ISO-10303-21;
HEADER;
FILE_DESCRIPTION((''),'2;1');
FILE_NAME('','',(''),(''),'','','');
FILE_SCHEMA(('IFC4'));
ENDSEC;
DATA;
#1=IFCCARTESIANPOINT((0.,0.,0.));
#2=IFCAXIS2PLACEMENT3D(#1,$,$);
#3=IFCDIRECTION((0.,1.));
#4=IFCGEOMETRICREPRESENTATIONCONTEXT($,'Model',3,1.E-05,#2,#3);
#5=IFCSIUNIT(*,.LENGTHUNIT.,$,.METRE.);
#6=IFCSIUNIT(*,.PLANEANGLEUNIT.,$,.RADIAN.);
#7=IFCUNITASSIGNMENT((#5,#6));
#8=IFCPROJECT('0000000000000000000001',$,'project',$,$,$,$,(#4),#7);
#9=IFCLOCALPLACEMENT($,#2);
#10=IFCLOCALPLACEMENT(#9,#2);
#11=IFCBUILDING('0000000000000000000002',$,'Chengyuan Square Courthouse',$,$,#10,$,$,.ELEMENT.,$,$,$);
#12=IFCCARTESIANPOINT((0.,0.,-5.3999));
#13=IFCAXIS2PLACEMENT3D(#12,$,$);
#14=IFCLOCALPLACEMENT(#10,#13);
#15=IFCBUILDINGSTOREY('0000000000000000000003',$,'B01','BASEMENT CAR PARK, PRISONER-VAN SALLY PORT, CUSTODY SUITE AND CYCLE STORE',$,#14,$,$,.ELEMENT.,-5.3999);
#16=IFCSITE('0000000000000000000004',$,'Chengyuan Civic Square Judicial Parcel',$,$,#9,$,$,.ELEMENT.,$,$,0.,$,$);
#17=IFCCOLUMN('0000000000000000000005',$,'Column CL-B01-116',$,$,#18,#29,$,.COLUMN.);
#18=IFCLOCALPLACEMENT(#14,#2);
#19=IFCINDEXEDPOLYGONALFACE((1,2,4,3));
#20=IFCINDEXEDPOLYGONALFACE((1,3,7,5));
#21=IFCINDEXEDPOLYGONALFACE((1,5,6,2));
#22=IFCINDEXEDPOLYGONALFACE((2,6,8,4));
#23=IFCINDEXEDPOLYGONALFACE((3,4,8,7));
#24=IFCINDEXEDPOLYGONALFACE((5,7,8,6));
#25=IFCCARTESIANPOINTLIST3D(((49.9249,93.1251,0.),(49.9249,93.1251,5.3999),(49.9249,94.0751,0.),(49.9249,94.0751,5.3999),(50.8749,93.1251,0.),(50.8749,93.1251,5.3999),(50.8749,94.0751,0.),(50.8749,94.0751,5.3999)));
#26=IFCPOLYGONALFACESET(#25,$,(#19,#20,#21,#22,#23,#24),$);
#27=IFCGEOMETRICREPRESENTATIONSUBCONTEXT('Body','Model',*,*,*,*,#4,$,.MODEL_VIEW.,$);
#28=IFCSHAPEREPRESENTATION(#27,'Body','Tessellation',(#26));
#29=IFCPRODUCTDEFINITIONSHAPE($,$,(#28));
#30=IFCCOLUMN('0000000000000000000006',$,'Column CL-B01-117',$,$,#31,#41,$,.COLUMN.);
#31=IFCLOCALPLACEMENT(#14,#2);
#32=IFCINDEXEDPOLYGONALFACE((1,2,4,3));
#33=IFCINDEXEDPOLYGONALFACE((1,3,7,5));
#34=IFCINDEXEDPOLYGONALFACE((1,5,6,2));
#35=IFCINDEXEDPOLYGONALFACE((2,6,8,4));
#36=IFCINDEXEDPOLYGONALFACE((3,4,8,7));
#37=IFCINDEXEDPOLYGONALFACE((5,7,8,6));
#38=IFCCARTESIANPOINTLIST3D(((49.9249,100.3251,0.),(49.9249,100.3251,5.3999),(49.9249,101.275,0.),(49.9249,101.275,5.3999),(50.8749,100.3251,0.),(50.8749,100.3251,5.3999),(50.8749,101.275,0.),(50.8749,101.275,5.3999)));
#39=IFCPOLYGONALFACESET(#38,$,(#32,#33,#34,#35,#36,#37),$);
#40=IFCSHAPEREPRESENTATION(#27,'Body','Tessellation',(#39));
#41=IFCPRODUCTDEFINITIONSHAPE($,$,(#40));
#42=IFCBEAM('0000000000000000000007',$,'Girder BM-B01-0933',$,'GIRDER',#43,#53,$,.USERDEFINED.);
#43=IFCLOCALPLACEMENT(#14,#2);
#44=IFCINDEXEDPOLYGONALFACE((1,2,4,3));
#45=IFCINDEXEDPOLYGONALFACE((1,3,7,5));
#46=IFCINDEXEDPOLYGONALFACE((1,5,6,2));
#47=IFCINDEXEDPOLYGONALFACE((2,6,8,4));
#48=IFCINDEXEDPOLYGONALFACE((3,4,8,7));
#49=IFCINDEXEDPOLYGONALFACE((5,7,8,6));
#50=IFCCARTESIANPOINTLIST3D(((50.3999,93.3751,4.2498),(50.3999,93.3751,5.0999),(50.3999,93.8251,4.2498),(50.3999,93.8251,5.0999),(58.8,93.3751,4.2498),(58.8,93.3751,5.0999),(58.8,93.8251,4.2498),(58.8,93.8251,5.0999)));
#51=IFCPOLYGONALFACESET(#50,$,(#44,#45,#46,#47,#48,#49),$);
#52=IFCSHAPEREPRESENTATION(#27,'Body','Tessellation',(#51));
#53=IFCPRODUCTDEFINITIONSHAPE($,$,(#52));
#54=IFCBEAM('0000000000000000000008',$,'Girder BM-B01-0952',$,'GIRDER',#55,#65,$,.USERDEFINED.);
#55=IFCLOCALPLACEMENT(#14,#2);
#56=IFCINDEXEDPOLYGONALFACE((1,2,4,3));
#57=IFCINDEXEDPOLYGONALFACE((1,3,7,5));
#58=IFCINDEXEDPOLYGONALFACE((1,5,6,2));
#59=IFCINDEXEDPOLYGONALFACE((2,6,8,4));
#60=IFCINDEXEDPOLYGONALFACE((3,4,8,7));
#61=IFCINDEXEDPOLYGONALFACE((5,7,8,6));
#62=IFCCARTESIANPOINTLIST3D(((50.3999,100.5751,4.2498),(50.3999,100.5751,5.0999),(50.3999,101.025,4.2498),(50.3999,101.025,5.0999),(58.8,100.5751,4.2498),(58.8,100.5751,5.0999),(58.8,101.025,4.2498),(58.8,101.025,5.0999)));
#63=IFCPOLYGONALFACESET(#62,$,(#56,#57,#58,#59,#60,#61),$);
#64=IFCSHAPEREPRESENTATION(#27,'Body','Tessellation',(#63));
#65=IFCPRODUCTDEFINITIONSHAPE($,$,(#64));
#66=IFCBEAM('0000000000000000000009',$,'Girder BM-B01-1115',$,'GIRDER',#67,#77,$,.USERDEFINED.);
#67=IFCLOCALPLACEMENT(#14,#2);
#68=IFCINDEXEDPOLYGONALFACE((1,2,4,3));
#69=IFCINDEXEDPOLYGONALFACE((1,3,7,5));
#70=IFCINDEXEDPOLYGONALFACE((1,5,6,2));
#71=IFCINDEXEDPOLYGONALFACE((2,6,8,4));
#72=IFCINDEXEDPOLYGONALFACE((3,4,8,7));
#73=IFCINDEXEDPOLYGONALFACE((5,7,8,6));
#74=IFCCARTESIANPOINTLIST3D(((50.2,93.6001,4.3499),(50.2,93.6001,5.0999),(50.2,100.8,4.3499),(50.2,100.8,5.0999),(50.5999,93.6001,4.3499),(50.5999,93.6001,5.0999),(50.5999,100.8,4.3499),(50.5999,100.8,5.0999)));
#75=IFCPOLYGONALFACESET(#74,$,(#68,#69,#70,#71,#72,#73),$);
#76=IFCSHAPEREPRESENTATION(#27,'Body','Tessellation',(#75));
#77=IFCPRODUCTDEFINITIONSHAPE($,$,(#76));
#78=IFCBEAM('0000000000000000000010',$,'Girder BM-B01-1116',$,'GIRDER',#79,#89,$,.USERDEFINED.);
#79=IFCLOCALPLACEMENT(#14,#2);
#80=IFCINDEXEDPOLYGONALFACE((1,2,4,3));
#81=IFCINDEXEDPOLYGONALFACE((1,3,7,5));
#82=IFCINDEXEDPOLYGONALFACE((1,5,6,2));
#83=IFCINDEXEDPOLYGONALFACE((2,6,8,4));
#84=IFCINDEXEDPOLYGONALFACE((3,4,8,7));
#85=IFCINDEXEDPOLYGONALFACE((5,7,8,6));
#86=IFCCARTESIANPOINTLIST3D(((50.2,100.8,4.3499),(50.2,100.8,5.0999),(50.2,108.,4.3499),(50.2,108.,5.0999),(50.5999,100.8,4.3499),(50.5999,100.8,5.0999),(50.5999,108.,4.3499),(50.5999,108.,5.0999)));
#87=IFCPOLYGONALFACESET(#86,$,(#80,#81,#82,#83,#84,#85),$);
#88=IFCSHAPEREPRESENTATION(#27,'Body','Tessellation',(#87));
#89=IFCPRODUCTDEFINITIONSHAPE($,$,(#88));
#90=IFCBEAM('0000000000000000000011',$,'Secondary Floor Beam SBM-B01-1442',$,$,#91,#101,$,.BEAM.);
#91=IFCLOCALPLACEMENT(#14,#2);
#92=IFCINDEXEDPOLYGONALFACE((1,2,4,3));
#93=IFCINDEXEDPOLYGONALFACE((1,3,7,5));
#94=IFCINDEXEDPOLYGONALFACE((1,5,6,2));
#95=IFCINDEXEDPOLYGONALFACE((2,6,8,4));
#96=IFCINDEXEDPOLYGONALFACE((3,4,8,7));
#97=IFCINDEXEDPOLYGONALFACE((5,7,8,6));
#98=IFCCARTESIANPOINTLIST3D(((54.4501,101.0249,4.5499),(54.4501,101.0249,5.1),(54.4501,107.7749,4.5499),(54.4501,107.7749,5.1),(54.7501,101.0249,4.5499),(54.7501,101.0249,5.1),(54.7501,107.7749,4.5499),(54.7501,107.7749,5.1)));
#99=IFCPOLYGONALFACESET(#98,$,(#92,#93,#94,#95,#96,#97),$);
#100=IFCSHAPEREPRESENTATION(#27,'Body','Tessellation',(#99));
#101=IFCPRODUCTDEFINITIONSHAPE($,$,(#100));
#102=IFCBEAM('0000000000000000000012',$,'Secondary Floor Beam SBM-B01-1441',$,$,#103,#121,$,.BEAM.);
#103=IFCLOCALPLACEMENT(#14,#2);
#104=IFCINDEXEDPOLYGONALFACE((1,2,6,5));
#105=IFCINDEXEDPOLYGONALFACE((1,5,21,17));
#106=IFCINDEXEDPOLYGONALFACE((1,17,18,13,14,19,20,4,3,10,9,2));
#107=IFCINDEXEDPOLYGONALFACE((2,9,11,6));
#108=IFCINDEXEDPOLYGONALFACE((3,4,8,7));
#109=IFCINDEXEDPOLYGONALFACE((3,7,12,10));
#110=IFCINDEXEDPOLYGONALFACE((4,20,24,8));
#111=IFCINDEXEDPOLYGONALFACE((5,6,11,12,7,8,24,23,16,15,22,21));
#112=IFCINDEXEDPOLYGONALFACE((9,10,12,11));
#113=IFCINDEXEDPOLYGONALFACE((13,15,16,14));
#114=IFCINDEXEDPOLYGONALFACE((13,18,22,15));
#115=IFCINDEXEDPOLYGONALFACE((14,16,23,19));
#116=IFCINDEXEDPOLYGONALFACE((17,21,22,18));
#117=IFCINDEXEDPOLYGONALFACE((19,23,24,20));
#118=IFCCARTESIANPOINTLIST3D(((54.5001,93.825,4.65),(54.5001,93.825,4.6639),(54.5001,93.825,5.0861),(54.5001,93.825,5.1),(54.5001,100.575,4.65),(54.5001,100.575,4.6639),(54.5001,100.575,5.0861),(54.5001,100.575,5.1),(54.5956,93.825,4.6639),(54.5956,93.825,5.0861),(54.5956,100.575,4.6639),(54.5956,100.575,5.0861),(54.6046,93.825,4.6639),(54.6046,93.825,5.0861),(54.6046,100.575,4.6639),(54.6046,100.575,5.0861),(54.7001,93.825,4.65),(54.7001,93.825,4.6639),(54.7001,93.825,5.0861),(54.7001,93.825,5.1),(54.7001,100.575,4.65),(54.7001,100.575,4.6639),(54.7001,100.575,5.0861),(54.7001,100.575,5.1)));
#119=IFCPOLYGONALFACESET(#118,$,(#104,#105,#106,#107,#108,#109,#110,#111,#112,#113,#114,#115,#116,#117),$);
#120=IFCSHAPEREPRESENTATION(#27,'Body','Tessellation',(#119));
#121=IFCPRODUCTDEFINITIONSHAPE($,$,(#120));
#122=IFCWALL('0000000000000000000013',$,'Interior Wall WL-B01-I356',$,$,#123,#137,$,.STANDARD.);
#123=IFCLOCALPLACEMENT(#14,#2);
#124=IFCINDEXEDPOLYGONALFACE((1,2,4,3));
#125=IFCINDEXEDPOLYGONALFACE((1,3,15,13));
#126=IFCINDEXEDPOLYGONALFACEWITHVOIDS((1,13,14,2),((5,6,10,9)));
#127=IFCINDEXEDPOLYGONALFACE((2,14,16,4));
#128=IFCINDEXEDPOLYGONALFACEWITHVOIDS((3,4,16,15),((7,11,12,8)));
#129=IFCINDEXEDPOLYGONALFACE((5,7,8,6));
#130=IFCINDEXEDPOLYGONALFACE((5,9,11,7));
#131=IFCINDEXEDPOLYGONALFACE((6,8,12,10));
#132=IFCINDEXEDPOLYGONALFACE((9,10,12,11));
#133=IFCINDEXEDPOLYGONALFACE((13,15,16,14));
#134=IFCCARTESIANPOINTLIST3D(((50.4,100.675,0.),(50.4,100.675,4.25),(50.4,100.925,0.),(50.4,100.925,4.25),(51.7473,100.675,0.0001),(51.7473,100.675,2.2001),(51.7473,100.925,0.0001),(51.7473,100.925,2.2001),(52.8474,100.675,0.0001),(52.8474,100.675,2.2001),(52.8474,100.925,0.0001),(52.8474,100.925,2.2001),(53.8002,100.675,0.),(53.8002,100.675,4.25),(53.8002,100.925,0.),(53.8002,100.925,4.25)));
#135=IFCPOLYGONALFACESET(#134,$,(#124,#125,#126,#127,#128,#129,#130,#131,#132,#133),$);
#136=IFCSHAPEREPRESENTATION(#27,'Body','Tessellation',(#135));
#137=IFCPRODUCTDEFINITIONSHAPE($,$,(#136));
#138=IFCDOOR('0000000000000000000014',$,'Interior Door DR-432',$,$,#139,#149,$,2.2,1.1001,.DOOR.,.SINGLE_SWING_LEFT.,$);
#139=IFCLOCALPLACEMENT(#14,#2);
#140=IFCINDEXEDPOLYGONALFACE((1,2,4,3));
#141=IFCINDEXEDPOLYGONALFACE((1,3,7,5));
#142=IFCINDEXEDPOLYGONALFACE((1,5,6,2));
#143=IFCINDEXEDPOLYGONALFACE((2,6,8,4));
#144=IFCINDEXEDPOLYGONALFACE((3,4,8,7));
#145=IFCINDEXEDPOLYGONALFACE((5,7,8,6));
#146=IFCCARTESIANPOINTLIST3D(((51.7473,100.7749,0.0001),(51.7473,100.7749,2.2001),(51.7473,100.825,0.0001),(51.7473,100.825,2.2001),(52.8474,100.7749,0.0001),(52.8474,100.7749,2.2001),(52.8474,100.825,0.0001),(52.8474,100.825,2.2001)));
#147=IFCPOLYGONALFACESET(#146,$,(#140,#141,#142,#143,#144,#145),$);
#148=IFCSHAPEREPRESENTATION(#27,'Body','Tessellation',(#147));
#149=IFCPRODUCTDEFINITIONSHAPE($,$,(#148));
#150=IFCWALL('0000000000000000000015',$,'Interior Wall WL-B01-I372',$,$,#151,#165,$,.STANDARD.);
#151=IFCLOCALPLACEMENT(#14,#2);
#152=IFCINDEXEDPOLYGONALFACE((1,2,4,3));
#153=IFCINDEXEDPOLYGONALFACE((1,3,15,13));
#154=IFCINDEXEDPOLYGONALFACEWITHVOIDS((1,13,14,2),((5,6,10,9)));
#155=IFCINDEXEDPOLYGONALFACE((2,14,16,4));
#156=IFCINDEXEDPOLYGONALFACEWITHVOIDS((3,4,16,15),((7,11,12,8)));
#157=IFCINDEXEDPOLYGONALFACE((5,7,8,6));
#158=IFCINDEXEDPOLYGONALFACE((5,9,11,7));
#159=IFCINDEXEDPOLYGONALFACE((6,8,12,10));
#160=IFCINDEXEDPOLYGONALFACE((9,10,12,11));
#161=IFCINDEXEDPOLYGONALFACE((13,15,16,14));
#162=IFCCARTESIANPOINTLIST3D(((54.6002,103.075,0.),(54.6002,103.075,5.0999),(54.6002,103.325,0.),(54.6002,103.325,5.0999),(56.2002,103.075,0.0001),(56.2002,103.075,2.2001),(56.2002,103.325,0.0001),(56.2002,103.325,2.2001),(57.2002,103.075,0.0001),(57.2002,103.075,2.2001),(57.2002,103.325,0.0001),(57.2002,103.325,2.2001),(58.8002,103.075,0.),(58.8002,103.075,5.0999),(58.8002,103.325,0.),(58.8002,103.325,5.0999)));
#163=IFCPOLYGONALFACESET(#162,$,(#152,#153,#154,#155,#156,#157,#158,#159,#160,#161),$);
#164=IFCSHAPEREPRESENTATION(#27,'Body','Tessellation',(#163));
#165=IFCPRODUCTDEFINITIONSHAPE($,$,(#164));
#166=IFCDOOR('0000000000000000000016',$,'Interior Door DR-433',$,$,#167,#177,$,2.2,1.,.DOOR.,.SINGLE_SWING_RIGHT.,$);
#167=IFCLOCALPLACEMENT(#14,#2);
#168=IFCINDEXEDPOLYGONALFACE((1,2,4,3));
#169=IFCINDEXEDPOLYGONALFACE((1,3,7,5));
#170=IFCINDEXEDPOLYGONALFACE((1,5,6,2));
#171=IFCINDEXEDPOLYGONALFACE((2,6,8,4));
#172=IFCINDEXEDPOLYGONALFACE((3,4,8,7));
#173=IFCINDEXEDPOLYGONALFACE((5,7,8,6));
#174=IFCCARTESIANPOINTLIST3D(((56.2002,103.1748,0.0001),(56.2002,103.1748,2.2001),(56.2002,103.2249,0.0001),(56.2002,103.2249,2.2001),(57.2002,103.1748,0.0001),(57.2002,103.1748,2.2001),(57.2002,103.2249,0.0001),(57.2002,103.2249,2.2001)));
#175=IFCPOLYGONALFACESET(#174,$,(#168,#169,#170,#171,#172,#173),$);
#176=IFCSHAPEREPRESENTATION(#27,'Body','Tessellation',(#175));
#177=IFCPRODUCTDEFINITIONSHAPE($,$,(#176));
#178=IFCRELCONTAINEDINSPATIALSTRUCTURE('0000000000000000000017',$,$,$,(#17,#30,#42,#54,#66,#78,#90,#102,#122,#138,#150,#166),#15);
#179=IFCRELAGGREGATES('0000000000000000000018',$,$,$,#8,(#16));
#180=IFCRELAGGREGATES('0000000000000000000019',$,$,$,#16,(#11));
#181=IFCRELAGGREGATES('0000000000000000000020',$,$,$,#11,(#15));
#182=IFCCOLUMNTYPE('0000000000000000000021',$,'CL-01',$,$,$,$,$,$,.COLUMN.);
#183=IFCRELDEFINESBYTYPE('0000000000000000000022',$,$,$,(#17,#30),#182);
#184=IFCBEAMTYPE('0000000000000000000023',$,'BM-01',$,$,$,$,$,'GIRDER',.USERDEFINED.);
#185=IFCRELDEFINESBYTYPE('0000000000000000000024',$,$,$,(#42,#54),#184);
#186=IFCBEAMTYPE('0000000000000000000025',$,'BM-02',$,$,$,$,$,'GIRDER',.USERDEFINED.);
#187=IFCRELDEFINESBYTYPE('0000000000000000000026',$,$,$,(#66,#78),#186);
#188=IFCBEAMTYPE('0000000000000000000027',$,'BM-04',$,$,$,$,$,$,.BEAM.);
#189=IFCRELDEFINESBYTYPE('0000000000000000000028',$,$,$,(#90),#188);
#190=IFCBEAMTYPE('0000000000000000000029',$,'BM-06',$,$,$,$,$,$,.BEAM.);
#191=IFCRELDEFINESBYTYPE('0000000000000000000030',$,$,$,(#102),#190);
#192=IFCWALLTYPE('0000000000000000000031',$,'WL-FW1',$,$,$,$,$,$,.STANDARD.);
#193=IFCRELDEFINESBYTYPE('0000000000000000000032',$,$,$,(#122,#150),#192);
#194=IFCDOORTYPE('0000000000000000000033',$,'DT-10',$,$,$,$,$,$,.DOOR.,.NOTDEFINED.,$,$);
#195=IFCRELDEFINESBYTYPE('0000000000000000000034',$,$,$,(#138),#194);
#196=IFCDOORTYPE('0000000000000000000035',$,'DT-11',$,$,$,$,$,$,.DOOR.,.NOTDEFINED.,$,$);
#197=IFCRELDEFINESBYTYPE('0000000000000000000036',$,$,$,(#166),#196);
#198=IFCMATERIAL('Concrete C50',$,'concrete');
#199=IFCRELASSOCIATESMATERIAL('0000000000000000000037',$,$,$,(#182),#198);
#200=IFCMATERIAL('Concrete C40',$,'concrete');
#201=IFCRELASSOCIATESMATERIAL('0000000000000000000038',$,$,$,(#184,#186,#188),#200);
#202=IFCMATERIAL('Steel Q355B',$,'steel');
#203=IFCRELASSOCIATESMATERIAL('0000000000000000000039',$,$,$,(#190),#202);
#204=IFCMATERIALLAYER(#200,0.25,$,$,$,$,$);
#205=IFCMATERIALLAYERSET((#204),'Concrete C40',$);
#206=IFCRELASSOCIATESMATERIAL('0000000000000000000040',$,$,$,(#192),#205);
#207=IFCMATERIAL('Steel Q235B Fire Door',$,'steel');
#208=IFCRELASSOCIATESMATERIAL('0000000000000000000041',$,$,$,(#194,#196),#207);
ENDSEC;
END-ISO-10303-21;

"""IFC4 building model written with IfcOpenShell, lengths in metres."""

from ifc_helpers import new_model, si_unit, direction, frame, frame_2d, origin, origin_2d, place, context, subcontext, project, spatial, rectangle, i_section, extrude, material, layer, layer_set, material_profile, profile_set, type_object, element, fill, save


model = new_model("IFC4")

# Units and contexts
model_context = context("Model", 3, precision=1e-05, world=origin(), true_north=direction((0.0, 1.0)))
body_context = subcontext(model_context, "Body", "Model", "MODEL_VIEW")
ifc_project = project(units=[si_unit("LENGTHUNIT", "METRE"), si_unit("PLANEANGLEUNIT", "RADIAN")], contexts=[model_context])

# Site, building, storey
site_placement = place(None, origin())
site = spatial("IfcSite", under=ifc_project, at=site_placement, Name="Chengyuan Civic Square Judicial Parcel", CompositionType="ELEMENT", RefElevation=0.0)
building_placement = place(site_placement, origin())
building = spatial("IfcBuilding", under=site, at=building_placement, Name="Chengyuan Square Courthouse", CompositionType="ELEMENT")
storey_placement = place(building_placement, frame((0.0, 0.0, -5.3999)))
storey = spatial("IfcBuildingStorey", under=building, at=storey_placement, Name="B01", Description="BASEMENT CAR PARK, PRISONER-VAN SALLY PORT, CUSTODY SUITE AND CYCLE STORE", CompositionType="ELEMENT", Elevation=-5.3999)

# Columns
ifc_material_1 = material(Name="Concrete C50", Category="concrete")
ifc_material_profile_1 = material_profile(ifc_material_1, rectangle(XDim=0.95, YDim=0.95, at=origin_2d()), Name="RC-COL-950x950")
ifc_profile_set_1 = profile_set([ifc_material_profile_1], Name="Concrete C50")
column_type = type_object("IfcColumnType", Name="CL-01", PredefinedType="COLUMN", material=ifc_profile_set_1)
for number, where, z_axis, x_axis, name in (
    (1, (50.3999, 93.6001, 0.0), (0.0, 0.0, 1.0), (1.0, 0.0, 0.0), "Column CL-B01-116"),
    (2, (50.3999, 100.8, 0.0), (0.0, 0.0, 1.0), (1.0, 0.0, 0.0), "Column CL-B01-117"),
):
    element("IfcColumn", number, at=place(storey_placement, frame(where, z_axis=z_axis, x_axis=x_axis)), inside=storey, type_object=column_type, Name=name, PredefinedType="COLUMN", context=body_context, shape_type="SweptSolid", body=[
        extrude(rectangle(XDim=0.95, YDim=0.95, at=origin_2d()), origin(), (0.0, 0.0, 1.0), 5.3999),
    ])

# Beams
ifc_material_2 = material(Name="Concrete C40", Category="concrete")
ifc_material_profile_2 = material_profile(ifc_material_2, rectangle(XDim=0.45, YDim=0.8501, at=origin_2d()), Name="RC-BM-450x850")
ifc_profile_set_2 = profile_set([ifc_material_profile_2], Name="Concrete C40")
beam_type_1 = type_object("IfcBeamType", Name="BM-01", ElementType="GIRDER", PredefinedType="USERDEFINED", material=ifc_profile_set_2)
for number, where, z_axis, x_axis, name in (
    (3, (50.3999, 93.6001, 4.6748), (1.0, 0.0, 0.0), (0.0, 1.0, 0.0), "Girder BM-B01-0933"),
    (4, (50.3999, 100.8, 4.6748), (1.0, 0.0, 0.0), (0.0, 1.0, 0.0), "Girder BM-B01-0952"),
):
    element("IfcBeam", number, at=place(storey_placement, frame(where, z_axis=z_axis, x_axis=x_axis)), inside=storey, type_object=beam_type_1, Name=name, ObjectType="GIRDER", PredefinedType="USERDEFINED", context=body_context, shape_type="SweptSolid", body=[
        extrude(rectangle(XDim=0.45, YDim=0.8501, at=origin_2d()), origin(), (0.0, 0.0, 1.0), 8.4001),
    ])
ifc_material_profile_3 = material_profile(ifc_material_2, rectangle(XDim=0.3999, YDim=0.75, at=origin_2d()), Name="RC-BM-400x750")
ifc_profile_set_3 = profile_set([ifc_material_profile_3], Name="Concrete C40")
beam_type_2 = type_object("IfcBeamType", Name="BM-02", ElementType="GIRDER", PredefinedType="USERDEFINED", material=ifc_profile_set_3)
for number, where, z_axis, x_axis, name in (
    (5, (50.3999, 93.6001, 4.7249), (0.0, 1.0, 0.0), (-1.0, 0.0, 0.0), "Girder BM-B01-1115"),
    (6, (50.3999, 100.8, 4.7249), (0.0, 1.0, 0.0), (-1.0, 0.0, 0.0), "Girder BM-B01-1116"),
):
    element("IfcBeam", number, at=place(storey_placement, frame(where, z_axis=z_axis, x_axis=x_axis)), inside=storey, type_object=beam_type_2, Name=name, ObjectType="GIRDER", PredefinedType="USERDEFINED", context=body_context, shape_type="SweptSolid", body=[
        extrude(rectangle(XDim=0.3999, YDim=0.75, at=origin_2d()), origin(), (0.0, 0.0, 1.0), 7.2),
    ])
ifc_material_profile_4 = material_profile(ifc_material_2, rectangle(XDim=0.3, YDim=0.55, at=origin_2d()), Name="RC-BM-300x550")
ifc_profile_set_4 = profile_set([ifc_material_profile_4], Name="Concrete C40")
beam_type_3 = type_object("IfcBeamType", Name="BM-04", PredefinedType="BEAM", material=ifc_profile_set_4)
beam_1_placement = place(storey_placement, frame((54.6001, 101.0249, 4.825), z_axis=(0.0, 1.0, 0.0), x_axis=(-1.0, 0.0, 0.0)))
element("IfcBeam", 7, at=beam_1_placement, inside=storey, type_object=beam_type_3, Name="Secondary Floor Beam SBM-B01-1442", PredefinedType="BEAM", context=body_context, shape_type="SweptSolid", body=[
    extrude(rectangle(XDim=0.3, YDim=0.55, at=origin_2d()), origin(), (0.0, 0.0, 1.0), 6.75),
])
ifc_material_3 = material(Name="Steel Q355B", Category="steel")
ifc_material_profile_5 = material_profile(ifc_material_3, i_section(OverallWidth=0.2, OverallDepth=0.45, WebThickness=0.009, FlangeThickness=0.0139, at=origin_2d()), Name="HN 450x200x9x14")
ifc_profile_set_5 = profile_set([ifc_material_profile_5], Name="Steel Q355B")
beam_type_4 = type_object("IfcBeamType", Name="BM-06", PredefinedType="BEAM", material=ifc_profile_set_5)
beam_2_placement = place(storey_placement, frame((54.6001, 93.825, 4.875), z_axis=(0.0, 1.0, 0.0), x_axis=(-1.0, 0.0, 0.0)))
element("IfcBeam", 8, at=beam_2_placement, inside=storey, type_object=beam_type_4, Name="Secondary Floor Beam SBM-B01-1441", PredefinedType="BEAM", context=body_context, shape_type="SweptSolid", body=[
    extrude(i_section(OverallWidth=0.2, OverallDepth=0.45, WebThickness=0.009, FlangeThickness=0.0139, at=origin_2d()), origin(), (0.0, 0.0, 1.0), 6.75),
])

# Walls, openings, doors
ifc_layer_1 = layer(ifc_material_2, 0.25)
ifc_layer_set_1 = layer_set([ifc_layer_1], Name="Concrete C40")
wall_type_1 = type_object("IfcWallType", Name="WL-FW1", PredefinedType="STANDARD", material=ifc_layer_set_1)
wall_1_placement = place(storey_placement, frame((50.3999, 100.8, 0.0), z_axis=(0.0, 0.0, 1.0), x_axis=(1.0, 0.0, 0.0)))
wall_1 = element("IfcWall", 9, at=wall_1_placement, inside=storey, type_object=wall_type_1, Name="Interior Wall WL-B01-I356", PredefinedType="STANDARD", context=body_context, shape_type="SweptSolid", body=[
    extrude(rectangle(XDim=3.4001, YDim=0.25, at=frame_2d((1.7002, 0.0))), origin(), (0.0, 0.0, 1.0), 4.25),
])
opening_1_placement = place(wall_1_placement, frame((1.3474, 0.0, 0.0)))
opening_1 = element("IfcOpeningElement", 10, at=opening_1_placement, cuts=wall_1, PredefinedType="OPENING", context=body_context, shape_type="SweptSolid", body=[
    extrude(rectangle(XDim=1.1001, YDim=2.2, at=frame_2d((0.55, 1.1001))), frame((0.0, 0.137, 0.0), z_axis=(0.0, -1.0, 0.0), x_axis=(1.0, 0.0, 0.0)), (0.0, 0.0, 1.0), 0.2739),
])
ifc_material_4 = material(Name="Steel Q235B Fire Door", Category="steel")
door_type_1 = type_object("IfcDoorType", Name="DT-10", OperationType="NOTDEFINED", PredefinedType="DOOR", material=ifc_material_4)
door_1_placement = place(opening_1_placement, origin())
door_1 = element("IfcDoor", 11, at=door_1_placement, inside=storey, type_object=door_type_1, Name="Interior Door DR-432", OperationType="SINGLE_SWING_LEFT", OverallHeight=2.2, OverallWidth=1.1001, PredefinedType="DOOR", context=body_context, shape_type="SweptSolid", body=[
    extrude(rectangle(XDim=1.1001, YDim=2.2, at=frame_2d((0.55, 1.1001))), frame((0.0, 0.0249, 0.0), z_axis=(0.0, -1.0, 0.0), x_axis=(1.0, 0.0, 0.0)), (0.0, 0.0, 1.0), 0.05),
])
fill(opening_1, door_1)
wall_2_placement = place(storey_placement, frame((54.6001, 103.2, 0.0), z_axis=(0.0, 0.0, 1.0), x_axis=(1.0, 0.0, 0.0)))
wall_2 = element("IfcWall", 12, at=wall_2_placement, inside=storey, type_object=wall_type_1, Name="Interior Wall WL-B01-I372", PredefinedType="STANDARD", context=body_context, shape_type="SweptSolid", body=[
    extrude(rectangle(XDim=4.2, YDim=0.25, at=frame_2d((2.1001, 0.0))), origin(), (0.0, 0.0, 1.0), 5.0999),
])
opening_2_placement = place(wall_2_placement, frame((1.6001, 0.0, 0.0)))
opening_2 = element("IfcOpeningElement", 13, at=opening_2_placement, cuts=wall_2, PredefinedType="OPENING", context=body_context, shape_type="SweptSolid", body=[
    extrude(rectangle(XDim=1.0, YDim=2.2, at=frame_2d((0.5, 1.1001))), frame((0.0, 0.137, 0.0), z_axis=(0.0, -1.0, 0.0), x_axis=(1.0, 0.0, 0.0)), (0.0, 0.0, 1.0), 0.2739),
])
door_type_2 = type_object("IfcDoorType", Name="DT-11", OperationType="NOTDEFINED", PredefinedType="DOOR", material=ifc_material_4)
door_2_placement = place(opening_2_placement, origin())
door_2 = element("IfcDoor", 14, at=door_2_placement, inside=storey, type_object=door_type_2, Name="Interior Door DR-433", OperationType="SINGLE_SWING_RIGHT", OverallHeight=2.2, OverallWidth=1.0, PredefinedType="DOOR", context=body_context, shape_type="SweptSolid", body=[
    extrude(rectangle(XDim=1.0, YDim=2.2, at=frame_2d((0.5, 1.1001))), frame((0.0, 0.0249, 0.0), z_axis=(0.0, -1.0, 0.0), x_axis=(1.0, 0.0, 0.0)), (0.0, 0.0, 1.0), 0.05),
])
fill(opening_2, door_2)

save(model, "model.ifc")
